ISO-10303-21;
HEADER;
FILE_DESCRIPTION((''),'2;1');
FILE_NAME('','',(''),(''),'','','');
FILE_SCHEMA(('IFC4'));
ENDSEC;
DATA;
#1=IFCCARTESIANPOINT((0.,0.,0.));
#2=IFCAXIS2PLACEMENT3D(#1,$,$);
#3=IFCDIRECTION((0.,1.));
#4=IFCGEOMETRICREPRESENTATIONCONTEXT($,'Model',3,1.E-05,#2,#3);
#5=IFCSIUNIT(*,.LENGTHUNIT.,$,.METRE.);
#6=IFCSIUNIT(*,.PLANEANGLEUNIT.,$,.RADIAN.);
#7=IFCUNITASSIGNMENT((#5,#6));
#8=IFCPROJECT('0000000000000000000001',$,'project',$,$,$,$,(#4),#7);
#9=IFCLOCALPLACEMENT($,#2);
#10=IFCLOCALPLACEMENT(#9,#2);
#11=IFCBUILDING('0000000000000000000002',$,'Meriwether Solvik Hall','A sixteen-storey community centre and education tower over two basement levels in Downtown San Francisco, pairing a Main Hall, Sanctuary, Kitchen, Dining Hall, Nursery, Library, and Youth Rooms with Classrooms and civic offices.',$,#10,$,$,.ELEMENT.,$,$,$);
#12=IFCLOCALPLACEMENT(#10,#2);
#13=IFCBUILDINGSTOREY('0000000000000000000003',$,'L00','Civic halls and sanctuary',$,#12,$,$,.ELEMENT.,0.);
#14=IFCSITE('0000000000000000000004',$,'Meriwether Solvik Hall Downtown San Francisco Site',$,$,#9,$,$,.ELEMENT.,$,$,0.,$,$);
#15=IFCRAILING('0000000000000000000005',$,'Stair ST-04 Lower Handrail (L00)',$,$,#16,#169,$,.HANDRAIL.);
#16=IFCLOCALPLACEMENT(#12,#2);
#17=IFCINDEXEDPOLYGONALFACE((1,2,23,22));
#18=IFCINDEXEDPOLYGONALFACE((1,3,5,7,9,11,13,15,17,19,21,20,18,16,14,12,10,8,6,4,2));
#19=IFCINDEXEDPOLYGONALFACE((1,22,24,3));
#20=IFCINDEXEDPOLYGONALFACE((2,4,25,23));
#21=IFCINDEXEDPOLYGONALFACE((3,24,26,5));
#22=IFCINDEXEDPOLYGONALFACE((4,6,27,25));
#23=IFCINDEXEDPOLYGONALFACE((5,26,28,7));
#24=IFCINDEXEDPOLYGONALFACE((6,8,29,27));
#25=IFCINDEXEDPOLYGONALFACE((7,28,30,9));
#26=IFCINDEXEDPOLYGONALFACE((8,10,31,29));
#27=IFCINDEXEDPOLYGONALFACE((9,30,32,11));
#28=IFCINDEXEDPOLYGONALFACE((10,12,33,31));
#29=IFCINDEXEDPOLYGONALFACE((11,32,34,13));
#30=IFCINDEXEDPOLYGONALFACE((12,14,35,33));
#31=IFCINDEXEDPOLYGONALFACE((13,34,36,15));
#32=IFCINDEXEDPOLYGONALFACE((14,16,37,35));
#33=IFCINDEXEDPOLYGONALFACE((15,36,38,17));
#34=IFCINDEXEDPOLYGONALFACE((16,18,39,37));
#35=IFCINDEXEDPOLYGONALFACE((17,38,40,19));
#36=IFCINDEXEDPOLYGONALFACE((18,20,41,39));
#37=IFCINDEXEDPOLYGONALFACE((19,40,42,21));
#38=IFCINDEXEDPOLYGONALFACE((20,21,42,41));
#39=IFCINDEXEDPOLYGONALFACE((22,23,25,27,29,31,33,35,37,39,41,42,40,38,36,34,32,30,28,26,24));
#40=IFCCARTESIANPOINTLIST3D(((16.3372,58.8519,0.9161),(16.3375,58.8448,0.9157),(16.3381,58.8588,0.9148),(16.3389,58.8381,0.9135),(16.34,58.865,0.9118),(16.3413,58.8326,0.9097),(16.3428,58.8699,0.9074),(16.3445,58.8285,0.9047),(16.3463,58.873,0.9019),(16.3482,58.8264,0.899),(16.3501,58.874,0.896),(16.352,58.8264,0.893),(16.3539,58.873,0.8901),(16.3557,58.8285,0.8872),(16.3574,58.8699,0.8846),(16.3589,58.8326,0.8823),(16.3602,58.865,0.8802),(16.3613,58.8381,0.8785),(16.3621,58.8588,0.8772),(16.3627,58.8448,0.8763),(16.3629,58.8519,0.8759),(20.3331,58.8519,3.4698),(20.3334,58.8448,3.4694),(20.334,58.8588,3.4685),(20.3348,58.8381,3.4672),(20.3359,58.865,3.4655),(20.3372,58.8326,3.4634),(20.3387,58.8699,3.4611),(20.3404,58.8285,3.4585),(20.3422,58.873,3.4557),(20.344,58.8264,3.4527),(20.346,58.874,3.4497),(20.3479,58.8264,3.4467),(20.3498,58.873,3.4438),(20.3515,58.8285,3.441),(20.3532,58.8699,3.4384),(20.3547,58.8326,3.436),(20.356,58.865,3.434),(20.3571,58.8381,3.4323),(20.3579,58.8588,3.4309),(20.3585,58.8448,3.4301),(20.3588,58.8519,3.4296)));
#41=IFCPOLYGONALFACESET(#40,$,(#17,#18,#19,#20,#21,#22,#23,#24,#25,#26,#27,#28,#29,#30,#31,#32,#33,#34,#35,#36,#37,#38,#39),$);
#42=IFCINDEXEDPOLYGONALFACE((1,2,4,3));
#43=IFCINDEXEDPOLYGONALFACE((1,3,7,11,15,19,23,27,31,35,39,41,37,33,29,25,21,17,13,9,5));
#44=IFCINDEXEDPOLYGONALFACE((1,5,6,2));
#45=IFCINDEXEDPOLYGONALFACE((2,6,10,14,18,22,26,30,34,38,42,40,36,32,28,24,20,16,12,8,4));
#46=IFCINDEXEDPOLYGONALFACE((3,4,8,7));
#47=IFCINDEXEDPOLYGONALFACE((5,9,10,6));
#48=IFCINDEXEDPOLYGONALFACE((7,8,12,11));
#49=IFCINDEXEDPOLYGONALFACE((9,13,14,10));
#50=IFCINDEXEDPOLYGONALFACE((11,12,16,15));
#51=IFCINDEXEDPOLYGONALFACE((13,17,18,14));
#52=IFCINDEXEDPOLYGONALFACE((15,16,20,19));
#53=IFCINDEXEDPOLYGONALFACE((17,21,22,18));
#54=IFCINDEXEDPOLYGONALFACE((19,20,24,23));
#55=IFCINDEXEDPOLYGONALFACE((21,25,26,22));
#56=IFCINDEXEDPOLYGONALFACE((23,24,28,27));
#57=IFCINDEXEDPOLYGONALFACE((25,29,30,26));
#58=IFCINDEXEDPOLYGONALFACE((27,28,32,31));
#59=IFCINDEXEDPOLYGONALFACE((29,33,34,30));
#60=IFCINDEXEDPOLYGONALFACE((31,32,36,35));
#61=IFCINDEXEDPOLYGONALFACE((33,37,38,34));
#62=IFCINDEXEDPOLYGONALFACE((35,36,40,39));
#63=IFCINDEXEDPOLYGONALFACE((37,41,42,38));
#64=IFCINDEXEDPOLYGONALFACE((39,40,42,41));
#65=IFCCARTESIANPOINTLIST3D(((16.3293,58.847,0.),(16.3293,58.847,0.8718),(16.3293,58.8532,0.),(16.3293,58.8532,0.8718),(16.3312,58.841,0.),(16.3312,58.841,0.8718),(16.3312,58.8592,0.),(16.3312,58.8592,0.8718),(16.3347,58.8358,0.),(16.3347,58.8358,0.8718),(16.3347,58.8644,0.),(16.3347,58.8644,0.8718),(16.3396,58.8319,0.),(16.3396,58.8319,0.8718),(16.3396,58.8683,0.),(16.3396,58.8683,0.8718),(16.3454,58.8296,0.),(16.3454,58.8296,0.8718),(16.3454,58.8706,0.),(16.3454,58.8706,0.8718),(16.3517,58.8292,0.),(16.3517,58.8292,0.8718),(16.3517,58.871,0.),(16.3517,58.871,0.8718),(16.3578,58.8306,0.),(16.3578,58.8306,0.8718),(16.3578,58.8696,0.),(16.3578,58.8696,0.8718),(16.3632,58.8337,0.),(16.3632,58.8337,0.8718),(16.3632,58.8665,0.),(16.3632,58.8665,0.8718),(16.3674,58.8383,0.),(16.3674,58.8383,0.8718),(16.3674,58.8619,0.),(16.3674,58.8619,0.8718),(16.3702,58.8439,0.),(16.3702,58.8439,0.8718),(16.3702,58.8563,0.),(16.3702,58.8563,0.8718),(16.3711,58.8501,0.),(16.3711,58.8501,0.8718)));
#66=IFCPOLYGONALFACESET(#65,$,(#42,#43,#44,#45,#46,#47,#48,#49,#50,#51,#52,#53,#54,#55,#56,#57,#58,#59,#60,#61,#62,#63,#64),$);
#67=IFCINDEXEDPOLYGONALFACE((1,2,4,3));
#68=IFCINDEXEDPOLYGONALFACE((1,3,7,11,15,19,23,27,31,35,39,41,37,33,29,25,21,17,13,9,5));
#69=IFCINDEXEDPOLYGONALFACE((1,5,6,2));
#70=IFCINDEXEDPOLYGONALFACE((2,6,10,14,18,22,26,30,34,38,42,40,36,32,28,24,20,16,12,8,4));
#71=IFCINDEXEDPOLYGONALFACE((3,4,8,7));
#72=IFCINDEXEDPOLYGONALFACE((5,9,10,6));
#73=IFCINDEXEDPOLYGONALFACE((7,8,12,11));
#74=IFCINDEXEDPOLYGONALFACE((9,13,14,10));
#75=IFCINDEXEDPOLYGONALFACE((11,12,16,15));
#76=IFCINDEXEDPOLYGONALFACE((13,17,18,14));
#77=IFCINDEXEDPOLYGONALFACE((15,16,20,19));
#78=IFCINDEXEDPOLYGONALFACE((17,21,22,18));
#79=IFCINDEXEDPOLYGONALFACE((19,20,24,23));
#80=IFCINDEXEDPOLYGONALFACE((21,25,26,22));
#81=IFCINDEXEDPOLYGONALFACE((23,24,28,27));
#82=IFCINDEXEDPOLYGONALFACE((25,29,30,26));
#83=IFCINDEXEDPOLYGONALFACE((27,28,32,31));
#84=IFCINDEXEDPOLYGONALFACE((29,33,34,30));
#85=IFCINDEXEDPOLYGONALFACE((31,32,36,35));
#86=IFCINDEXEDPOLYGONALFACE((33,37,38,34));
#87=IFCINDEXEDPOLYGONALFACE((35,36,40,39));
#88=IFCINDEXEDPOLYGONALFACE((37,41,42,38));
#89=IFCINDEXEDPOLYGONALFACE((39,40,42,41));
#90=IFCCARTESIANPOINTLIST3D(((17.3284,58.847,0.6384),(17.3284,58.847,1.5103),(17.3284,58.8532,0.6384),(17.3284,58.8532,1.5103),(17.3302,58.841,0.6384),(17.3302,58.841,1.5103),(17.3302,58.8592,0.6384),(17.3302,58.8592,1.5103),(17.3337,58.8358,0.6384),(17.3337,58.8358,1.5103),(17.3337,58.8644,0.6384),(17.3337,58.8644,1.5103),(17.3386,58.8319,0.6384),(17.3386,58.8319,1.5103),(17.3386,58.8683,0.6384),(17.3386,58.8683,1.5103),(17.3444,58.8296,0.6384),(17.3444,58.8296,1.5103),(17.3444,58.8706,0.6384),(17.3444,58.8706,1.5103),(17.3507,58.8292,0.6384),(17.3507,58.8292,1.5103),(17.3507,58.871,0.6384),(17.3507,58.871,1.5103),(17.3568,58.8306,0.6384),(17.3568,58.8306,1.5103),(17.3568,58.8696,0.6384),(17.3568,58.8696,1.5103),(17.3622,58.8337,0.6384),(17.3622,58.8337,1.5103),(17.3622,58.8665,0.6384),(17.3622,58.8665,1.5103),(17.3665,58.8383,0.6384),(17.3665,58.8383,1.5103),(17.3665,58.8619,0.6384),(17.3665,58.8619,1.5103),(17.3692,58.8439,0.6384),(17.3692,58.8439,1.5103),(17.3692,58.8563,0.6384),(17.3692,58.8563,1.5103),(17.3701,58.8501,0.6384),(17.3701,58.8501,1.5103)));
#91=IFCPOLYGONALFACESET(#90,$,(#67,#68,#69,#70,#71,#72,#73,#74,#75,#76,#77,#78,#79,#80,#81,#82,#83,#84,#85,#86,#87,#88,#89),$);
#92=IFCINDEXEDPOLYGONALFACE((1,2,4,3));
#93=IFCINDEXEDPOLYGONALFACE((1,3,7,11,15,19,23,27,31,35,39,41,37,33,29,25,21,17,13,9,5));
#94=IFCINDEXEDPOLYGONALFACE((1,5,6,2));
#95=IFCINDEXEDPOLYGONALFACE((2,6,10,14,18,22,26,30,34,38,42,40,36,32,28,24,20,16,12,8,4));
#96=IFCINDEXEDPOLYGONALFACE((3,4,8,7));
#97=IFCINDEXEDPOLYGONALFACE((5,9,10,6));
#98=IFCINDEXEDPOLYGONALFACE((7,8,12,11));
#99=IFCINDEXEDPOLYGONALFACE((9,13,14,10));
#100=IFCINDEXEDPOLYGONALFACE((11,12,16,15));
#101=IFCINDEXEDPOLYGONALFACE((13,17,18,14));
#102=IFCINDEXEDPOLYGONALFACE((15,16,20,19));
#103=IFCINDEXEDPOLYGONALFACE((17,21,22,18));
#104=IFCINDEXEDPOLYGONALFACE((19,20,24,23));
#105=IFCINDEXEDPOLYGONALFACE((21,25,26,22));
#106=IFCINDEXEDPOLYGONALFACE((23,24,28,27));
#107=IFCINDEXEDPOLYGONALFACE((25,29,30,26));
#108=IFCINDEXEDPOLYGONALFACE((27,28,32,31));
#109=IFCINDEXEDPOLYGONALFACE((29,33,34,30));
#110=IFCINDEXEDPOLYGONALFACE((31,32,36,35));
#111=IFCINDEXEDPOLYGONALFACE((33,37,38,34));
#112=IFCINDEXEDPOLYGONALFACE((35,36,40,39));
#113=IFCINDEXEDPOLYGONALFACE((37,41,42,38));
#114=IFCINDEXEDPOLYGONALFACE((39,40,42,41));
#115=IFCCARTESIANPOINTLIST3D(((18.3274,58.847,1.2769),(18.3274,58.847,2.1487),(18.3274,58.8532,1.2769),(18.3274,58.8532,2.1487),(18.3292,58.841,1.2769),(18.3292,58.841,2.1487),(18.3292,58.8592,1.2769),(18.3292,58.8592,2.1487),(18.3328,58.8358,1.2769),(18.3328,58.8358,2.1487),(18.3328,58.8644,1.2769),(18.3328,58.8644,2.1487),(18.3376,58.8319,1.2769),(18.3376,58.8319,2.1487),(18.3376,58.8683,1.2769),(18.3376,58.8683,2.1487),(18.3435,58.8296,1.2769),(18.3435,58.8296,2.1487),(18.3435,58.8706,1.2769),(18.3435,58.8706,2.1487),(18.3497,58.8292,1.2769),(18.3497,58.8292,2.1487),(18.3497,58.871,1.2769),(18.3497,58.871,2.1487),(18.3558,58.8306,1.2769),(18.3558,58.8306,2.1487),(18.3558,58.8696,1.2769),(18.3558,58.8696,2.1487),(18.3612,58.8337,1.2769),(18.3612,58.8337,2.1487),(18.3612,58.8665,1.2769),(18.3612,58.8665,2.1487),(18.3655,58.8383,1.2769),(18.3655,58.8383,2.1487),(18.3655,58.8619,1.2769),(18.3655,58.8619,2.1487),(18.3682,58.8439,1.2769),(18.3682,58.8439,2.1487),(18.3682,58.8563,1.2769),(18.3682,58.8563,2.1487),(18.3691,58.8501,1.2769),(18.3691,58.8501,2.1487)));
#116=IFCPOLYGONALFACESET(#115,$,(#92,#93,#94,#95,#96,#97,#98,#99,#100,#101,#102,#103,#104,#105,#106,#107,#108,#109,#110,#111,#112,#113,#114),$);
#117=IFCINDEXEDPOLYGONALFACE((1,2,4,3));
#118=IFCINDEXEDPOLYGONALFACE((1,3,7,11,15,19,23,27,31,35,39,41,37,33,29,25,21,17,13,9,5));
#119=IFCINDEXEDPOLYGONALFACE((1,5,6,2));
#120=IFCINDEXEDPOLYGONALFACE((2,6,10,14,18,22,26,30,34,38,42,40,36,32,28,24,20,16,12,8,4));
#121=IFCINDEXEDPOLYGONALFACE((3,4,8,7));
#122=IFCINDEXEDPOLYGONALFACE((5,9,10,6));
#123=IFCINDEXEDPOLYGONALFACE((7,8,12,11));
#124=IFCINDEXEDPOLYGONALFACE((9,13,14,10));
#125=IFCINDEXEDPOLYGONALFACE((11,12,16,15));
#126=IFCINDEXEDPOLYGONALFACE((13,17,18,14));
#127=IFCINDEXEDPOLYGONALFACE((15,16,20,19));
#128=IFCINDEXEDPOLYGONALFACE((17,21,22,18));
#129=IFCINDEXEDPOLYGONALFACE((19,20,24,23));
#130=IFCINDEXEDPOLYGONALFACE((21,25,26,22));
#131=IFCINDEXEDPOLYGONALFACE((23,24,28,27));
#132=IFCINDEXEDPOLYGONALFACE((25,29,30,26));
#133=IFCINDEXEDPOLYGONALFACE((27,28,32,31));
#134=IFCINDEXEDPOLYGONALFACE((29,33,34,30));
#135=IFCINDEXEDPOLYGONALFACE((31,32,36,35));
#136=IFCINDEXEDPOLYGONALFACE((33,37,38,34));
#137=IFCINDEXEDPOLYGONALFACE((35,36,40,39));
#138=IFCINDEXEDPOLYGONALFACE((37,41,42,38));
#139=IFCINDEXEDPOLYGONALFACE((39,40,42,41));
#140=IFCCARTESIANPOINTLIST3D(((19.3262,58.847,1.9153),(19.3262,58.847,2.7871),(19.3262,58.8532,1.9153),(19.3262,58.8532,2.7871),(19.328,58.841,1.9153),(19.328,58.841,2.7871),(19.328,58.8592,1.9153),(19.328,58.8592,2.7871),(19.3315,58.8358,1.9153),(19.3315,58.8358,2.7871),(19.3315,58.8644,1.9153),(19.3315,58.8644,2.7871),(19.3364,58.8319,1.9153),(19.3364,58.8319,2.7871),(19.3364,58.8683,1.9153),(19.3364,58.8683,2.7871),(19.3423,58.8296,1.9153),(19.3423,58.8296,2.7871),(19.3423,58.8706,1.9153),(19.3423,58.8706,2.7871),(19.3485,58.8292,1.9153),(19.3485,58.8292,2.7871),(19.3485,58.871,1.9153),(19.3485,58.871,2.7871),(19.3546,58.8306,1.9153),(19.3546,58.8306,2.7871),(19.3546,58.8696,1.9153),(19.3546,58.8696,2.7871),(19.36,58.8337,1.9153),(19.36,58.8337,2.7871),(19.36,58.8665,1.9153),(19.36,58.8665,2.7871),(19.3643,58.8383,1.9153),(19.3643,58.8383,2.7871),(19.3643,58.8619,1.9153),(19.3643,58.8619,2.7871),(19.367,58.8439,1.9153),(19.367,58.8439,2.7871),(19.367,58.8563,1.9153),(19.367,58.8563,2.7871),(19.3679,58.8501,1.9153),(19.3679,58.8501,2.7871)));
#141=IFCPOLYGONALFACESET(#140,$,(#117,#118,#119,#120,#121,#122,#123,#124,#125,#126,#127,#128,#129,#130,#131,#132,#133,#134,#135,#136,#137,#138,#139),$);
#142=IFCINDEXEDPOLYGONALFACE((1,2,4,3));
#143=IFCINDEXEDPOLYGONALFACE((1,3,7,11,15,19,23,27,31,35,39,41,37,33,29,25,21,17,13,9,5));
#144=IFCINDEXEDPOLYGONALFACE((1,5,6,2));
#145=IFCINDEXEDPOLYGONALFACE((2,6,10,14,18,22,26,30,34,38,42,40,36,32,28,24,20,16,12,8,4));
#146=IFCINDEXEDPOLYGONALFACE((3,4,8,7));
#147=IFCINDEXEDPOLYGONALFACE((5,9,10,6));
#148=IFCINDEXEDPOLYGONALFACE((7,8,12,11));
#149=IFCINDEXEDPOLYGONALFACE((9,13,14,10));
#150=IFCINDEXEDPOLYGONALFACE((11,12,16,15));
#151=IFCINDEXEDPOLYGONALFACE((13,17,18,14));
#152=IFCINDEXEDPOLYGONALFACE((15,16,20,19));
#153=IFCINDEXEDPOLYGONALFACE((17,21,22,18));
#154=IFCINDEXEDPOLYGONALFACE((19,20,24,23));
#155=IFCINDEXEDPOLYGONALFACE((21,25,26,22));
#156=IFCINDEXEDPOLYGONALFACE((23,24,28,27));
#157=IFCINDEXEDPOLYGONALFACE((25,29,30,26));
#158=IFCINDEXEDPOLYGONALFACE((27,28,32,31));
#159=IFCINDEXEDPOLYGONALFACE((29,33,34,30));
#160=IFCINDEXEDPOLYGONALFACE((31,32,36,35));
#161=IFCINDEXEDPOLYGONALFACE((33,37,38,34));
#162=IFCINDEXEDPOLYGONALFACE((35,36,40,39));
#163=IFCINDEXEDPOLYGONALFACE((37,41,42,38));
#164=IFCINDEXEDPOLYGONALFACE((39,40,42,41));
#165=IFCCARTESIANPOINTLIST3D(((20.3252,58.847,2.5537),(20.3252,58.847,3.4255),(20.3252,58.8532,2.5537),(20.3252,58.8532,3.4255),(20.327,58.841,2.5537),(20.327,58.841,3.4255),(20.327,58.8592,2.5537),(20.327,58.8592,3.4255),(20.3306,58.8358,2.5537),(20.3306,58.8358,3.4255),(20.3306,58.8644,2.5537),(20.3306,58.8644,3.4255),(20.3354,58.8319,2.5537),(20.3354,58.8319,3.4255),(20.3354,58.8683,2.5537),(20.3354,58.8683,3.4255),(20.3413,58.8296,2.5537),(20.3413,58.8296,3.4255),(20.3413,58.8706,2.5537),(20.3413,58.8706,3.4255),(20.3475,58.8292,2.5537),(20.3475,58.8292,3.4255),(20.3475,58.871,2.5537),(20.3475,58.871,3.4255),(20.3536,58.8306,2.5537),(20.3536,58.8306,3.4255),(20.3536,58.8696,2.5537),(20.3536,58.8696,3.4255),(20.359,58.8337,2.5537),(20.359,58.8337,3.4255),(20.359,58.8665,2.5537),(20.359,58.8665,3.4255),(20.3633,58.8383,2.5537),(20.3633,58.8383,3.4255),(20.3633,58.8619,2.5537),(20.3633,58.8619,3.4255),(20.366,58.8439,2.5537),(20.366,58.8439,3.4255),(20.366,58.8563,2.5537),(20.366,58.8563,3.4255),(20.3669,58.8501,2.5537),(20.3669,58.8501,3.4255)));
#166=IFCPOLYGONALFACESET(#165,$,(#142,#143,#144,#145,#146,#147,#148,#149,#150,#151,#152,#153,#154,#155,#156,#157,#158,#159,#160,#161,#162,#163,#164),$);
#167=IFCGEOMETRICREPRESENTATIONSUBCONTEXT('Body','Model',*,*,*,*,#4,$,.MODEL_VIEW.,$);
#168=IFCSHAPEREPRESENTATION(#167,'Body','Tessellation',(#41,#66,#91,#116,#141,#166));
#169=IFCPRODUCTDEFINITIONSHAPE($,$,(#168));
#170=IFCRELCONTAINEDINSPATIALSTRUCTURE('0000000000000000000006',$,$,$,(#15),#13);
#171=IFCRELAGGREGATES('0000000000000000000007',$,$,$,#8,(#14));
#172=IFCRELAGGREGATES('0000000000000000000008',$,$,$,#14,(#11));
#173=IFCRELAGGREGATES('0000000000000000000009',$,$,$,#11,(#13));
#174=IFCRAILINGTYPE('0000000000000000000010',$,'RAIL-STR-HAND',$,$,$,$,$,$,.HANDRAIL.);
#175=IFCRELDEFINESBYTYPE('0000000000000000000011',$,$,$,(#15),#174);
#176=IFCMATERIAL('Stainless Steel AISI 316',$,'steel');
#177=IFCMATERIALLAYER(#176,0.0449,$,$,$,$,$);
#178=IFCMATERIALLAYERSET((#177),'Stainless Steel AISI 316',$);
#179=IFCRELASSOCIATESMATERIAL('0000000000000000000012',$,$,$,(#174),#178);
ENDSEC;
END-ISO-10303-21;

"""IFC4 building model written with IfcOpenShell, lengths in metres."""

from ifc_helpers import new_model, si_unit, direction, frame, origin, origin_2d, place, context, subcontext, project, spatial, circle, extrude, material, layer, layer_set, type_object, element, save


model = new_model("IFC4")

# Units and contexts
model_context = context("Model", 3, precision=1e-05, world=origin(), true_north=direction((0.0, 1.0)))
body_context = subcontext(model_context, "Body", "Model", "MODEL_VIEW")
ifc_project = project(units=[si_unit("LENGTHUNIT", "METRE"), si_unit("PLANEANGLEUNIT", "RADIAN")], contexts=[model_context])

# Site, building, storey
site_placement = place(None, origin())
site = spatial("IfcSite", under=ifc_project, at=site_placement, Name="Meriwether Solvik Hall Downtown San Francisco Site", CompositionType="ELEMENT", RefElevation=0.0)
building_placement = place(site_placement, origin())
building = spatial("IfcBuilding", under=site, at=building_placement, Name="Meriwether Solvik Hall", Description="A sixteen-storey community centre and education tower over two basement levels in Downtown San Francisco, pairing a Main Hall, Sanctuary, Kitchen, Dining Hall, Nursery, Library, and Youth Rooms with Classrooms and civic offices.", CompositionType="ELEMENT")
storey_placement = place(building_placement, origin())
storey = spatial("IfcBuildingStorey", under=building, at=storey_placement, Name="L00", Description="Civic halls and sanctuary", CompositionType="ELEMENT", Elevation=0.0)

# Railing
ifc_material_1 = material(Name="Stainless Steel AISI 316", Category="steel")
ifc_layer_1 = layer(ifc_material_1, 0.0449)
ifc_layer_set_1 = layer_set([ifc_layer_1], Name="Stainless Steel AISI 316")
railing_type_1 = type_object("IfcRailingType", Name="RAIL-STR-HAND", PredefinedType="HANDRAIL", material=ifc_layer_set_1)
railing_1_placement = place(storey_placement, frame((16.3501, 58.8501, 0.0)))
element("IfcRailing", 1, at=railing_1_placement, inside=storey, type_object=railing_type_1, Name="Stair ST-04 Lower Handrail (L00)", PredefinedType="HANDRAIL", context=body_context, shape_type="SweptSolid", body=[
    extrude(circle(Radius=0.0239, at=origin_2d()), frame((0.0, 0.0, 0.896), z_axis=(0.842619, 0.0, 0.53851), x_axis=(0.0, 1.0, 0.0)), (0.0, 0.0, 1.0), 4.7422),
    extrude(circle(Radius=0.021, at=origin_2d()), origin(), (0.0, 0.0, 1.0), 0.8718),
    extrude(circle(Radius=0.021, at=origin_2d()), frame((0.999, 0.0, 0.6384)), (0.0, 0.0, 1.0), 0.8718),
    extrude(circle(Radius=0.021, at=origin_2d()), frame((1.998, 0.0, 1.2769)), (0.0, 0.0, 1.0), 0.8718),
    extrude(circle(Radius=0.021, at=origin_2d()), frame((2.9968, 0.0, 1.9153)), (0.0, 0.0, 1.0), 0.8718),
    extrude(circle(Radius=0.021, at=origin_2d()), frame((3.9958, 0.0, 2.5537)), (0.0, 0.0, 1.0), 0.8718),
])

save(model, "model.ifc")
